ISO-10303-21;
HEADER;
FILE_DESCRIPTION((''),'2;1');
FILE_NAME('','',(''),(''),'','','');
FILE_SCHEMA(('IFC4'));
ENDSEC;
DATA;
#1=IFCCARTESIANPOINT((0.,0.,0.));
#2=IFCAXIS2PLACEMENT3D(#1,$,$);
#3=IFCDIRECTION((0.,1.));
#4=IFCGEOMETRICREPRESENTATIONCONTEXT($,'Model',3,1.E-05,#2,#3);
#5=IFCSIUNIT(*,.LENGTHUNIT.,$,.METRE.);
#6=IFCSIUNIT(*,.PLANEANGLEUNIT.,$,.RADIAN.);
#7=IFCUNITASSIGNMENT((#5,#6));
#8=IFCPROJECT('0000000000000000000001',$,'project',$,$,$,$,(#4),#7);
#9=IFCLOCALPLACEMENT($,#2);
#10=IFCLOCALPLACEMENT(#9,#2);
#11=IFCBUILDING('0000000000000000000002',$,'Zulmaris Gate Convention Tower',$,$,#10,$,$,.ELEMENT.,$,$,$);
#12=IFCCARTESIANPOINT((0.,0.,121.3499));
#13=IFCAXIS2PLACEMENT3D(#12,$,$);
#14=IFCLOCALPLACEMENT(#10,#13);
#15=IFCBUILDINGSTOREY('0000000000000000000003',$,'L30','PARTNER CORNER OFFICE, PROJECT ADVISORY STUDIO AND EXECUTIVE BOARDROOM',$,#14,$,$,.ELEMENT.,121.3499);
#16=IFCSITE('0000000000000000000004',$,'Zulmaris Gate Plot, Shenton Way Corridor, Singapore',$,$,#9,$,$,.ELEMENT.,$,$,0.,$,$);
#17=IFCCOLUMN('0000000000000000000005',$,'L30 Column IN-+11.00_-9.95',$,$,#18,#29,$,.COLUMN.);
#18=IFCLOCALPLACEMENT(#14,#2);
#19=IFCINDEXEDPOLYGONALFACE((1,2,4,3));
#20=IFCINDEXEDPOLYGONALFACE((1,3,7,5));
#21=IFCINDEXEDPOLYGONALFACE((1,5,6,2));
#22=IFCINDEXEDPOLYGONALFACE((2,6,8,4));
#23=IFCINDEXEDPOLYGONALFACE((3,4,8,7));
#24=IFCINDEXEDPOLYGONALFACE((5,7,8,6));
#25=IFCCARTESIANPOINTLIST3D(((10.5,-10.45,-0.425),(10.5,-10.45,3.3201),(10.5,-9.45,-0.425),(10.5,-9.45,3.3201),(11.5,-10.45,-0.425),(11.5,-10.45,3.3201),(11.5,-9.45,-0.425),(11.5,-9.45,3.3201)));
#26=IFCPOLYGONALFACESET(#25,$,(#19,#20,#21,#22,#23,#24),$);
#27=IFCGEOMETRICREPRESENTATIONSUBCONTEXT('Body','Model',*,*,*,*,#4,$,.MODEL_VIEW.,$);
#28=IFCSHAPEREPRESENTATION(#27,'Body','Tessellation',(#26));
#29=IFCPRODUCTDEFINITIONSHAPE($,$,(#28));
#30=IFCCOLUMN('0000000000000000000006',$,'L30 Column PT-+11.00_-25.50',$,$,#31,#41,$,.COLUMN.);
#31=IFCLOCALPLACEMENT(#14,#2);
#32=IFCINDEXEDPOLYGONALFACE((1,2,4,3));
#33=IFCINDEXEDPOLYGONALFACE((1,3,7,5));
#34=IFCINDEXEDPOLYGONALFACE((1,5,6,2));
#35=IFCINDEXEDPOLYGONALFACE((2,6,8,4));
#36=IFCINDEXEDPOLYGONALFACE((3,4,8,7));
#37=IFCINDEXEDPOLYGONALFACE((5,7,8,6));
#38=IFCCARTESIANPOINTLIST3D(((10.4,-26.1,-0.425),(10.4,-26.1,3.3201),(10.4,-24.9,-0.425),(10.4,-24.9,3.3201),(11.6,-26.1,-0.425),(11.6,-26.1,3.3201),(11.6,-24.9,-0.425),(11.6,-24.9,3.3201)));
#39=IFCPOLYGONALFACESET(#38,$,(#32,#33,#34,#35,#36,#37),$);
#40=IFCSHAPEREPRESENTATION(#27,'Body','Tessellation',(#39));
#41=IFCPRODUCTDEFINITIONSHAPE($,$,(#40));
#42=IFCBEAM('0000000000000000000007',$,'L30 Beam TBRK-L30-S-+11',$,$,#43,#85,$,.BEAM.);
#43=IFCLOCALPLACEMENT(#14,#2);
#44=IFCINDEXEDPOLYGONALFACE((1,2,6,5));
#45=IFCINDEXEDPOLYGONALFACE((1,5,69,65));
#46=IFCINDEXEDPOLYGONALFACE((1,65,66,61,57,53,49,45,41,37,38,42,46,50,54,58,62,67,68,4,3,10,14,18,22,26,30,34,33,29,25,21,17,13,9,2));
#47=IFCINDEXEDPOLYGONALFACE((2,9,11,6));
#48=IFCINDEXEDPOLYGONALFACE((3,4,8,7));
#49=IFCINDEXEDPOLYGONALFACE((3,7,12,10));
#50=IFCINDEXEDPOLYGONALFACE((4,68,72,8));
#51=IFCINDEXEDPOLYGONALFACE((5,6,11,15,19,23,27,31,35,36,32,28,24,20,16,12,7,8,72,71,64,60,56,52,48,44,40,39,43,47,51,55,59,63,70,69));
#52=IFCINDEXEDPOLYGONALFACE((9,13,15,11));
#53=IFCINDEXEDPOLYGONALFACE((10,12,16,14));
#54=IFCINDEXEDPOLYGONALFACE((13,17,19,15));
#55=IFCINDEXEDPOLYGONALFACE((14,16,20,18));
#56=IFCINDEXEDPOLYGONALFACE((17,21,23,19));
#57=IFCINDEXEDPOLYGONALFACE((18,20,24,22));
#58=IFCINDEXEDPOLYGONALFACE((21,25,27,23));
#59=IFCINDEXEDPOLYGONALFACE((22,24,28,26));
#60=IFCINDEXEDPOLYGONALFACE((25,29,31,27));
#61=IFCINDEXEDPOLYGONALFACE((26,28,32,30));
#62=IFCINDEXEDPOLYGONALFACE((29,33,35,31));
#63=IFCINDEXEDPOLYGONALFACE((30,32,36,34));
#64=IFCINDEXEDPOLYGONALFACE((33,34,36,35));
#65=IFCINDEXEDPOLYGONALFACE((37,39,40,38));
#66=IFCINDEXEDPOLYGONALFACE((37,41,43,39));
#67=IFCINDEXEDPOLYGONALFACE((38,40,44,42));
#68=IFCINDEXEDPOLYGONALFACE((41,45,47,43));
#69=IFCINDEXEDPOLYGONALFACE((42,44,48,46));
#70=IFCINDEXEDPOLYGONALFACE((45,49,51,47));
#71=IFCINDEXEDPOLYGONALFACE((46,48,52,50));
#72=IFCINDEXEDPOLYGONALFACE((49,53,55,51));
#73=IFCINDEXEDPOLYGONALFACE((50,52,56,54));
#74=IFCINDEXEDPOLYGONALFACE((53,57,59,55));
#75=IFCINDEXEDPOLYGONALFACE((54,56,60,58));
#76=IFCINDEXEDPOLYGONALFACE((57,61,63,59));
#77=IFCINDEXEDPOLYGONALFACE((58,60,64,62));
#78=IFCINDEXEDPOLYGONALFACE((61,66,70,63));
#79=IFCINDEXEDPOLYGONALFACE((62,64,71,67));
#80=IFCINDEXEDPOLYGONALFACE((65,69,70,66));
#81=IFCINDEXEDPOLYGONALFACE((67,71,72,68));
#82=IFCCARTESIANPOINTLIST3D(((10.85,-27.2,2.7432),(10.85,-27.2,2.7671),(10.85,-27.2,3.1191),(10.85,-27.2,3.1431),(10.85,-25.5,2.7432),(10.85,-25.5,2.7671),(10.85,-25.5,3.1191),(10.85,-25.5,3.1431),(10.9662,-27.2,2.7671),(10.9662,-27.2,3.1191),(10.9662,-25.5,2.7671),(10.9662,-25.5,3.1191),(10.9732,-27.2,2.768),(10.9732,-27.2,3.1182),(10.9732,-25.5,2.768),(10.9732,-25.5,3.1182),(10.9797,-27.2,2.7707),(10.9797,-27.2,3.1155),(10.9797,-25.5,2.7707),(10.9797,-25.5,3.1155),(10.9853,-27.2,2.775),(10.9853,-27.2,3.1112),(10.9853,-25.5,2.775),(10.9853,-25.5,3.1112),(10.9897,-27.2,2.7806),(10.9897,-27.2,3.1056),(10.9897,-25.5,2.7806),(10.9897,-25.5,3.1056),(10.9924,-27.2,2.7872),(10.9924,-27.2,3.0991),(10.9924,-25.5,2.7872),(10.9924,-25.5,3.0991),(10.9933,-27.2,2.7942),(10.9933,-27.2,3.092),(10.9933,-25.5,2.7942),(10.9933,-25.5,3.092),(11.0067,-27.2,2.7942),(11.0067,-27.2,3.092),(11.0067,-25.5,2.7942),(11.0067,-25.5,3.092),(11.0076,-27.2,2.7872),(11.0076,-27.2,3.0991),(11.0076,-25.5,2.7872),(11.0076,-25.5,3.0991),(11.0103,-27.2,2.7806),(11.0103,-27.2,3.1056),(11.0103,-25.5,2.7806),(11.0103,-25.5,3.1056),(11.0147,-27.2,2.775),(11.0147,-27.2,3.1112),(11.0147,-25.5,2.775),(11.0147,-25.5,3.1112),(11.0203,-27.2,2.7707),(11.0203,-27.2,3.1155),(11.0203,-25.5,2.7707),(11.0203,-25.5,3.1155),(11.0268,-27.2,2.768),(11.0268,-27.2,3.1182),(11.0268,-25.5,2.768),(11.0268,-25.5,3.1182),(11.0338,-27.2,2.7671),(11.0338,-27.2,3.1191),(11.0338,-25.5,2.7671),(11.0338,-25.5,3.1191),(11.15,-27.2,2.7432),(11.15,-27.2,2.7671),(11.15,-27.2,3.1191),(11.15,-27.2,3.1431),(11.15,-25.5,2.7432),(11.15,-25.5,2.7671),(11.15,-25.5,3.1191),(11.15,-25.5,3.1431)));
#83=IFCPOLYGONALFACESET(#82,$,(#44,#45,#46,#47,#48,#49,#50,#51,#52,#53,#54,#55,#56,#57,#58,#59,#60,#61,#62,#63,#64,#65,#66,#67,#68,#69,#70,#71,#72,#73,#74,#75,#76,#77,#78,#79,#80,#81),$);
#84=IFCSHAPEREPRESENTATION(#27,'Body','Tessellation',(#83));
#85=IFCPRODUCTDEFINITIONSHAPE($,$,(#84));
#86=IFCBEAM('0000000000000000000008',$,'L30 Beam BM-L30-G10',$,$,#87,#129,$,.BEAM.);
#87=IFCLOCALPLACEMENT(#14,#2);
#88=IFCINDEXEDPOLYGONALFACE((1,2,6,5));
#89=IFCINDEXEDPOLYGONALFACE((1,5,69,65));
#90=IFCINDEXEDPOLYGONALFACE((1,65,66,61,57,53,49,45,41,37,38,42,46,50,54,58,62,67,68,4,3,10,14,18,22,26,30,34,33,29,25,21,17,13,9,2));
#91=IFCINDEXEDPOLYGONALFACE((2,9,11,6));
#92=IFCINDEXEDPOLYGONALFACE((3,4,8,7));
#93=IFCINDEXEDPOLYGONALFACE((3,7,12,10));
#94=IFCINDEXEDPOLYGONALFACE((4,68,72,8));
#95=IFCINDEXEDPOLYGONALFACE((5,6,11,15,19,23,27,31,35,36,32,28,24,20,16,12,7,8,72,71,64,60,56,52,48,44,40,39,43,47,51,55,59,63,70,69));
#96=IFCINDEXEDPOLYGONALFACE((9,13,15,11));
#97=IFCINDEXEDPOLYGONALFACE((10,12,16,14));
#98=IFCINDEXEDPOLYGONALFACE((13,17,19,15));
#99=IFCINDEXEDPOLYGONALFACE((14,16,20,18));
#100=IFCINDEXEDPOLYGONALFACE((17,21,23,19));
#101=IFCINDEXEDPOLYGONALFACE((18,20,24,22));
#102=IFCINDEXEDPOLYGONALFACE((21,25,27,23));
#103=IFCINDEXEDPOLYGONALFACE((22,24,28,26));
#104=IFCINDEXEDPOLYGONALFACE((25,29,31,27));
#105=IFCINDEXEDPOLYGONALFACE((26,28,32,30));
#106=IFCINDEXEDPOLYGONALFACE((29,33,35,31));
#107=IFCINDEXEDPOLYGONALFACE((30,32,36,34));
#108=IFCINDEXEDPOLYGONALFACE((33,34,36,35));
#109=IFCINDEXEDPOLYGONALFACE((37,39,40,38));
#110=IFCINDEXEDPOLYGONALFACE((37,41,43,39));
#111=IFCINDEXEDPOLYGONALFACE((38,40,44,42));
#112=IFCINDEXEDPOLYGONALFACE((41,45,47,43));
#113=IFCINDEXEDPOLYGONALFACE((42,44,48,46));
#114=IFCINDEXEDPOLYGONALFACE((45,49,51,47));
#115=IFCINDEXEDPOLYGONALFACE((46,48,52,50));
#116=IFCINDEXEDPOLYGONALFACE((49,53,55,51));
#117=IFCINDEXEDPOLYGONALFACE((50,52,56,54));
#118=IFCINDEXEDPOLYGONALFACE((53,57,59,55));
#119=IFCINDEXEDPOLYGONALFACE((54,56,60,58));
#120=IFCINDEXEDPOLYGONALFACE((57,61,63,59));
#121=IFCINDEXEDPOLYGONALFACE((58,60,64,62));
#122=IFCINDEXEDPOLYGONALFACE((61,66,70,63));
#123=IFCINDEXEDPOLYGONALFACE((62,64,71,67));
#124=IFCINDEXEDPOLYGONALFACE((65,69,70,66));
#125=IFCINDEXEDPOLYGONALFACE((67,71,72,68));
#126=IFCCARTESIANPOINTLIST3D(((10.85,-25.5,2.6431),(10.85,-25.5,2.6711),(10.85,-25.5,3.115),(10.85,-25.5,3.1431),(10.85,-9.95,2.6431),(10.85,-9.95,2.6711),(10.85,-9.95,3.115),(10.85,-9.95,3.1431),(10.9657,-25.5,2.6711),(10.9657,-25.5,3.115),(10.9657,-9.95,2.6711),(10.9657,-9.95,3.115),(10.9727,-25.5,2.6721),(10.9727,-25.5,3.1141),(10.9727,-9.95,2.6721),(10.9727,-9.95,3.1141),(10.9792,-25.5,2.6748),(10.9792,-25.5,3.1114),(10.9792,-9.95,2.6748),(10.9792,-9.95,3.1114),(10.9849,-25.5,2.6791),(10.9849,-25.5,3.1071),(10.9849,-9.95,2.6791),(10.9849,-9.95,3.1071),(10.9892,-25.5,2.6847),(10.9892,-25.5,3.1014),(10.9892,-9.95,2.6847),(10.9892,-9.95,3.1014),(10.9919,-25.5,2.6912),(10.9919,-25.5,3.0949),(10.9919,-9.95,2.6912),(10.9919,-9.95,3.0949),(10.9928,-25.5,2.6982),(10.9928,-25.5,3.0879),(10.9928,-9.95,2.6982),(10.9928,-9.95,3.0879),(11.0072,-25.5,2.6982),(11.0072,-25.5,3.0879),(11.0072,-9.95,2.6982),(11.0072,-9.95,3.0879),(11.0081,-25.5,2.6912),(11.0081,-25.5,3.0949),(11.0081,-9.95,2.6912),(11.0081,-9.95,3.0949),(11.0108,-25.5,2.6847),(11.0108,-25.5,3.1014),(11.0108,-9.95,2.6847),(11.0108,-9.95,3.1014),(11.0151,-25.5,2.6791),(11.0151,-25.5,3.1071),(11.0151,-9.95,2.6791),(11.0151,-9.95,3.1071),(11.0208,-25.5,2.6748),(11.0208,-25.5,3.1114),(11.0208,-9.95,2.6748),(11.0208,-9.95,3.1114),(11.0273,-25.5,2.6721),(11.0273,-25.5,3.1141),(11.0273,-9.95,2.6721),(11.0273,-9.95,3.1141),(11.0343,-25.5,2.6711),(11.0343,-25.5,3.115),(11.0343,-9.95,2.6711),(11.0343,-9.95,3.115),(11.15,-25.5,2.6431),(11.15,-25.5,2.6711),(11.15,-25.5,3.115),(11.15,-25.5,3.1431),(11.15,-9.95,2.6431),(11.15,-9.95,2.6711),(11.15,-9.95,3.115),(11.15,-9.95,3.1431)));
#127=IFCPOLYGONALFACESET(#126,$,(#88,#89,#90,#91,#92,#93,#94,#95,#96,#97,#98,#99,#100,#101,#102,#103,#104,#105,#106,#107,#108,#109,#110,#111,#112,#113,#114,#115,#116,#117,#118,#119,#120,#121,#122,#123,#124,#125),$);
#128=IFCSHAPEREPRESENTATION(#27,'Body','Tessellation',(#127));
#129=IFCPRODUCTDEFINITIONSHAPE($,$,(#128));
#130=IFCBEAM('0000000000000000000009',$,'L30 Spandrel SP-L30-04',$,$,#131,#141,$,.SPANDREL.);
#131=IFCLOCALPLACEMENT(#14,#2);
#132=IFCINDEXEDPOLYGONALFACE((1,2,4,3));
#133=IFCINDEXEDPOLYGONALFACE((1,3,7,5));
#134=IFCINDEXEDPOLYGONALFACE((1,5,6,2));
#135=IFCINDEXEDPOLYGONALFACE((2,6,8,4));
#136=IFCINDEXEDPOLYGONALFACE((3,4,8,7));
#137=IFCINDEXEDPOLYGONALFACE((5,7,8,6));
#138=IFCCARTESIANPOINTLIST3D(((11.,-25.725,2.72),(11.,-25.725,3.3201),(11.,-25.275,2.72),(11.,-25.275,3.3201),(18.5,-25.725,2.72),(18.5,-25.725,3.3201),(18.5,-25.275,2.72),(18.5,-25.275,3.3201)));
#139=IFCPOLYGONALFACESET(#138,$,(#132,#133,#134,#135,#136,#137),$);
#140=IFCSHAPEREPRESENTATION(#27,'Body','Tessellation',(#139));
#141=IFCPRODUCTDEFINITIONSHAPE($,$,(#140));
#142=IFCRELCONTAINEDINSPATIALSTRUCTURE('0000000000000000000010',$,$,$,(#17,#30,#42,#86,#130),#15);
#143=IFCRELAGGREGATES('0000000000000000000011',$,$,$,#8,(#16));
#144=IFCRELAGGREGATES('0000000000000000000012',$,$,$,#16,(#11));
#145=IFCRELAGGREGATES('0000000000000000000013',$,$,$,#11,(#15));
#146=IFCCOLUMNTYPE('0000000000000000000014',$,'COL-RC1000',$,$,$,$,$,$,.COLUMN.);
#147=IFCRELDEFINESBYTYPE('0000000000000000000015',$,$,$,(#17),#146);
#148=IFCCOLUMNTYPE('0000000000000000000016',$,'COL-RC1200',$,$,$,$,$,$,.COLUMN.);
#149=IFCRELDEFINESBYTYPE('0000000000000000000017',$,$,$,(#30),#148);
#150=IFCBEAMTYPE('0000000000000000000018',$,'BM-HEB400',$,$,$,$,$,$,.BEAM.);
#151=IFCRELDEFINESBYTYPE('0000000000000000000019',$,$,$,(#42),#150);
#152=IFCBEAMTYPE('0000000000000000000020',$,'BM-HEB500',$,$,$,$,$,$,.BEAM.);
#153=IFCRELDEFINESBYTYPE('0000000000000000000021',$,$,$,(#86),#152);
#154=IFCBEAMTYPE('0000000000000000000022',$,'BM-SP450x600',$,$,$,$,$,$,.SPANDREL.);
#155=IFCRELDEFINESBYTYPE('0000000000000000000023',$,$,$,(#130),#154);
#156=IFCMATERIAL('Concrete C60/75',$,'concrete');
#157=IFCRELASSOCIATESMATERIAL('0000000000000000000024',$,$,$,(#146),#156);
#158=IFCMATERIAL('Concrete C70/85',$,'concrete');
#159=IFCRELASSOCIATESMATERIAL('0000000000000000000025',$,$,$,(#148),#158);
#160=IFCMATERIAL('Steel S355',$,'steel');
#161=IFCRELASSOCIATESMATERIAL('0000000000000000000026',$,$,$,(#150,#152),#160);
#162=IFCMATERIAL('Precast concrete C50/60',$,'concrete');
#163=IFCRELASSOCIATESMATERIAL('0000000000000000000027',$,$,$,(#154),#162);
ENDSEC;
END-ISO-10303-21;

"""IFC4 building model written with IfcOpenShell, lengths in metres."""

from ifc_helpers import new_model, si_unit, direction, frame, origin, origin_2d, place, context, subcontext, project, spatial, rectangle, i_section, extrude, material, material_profile, profile_set, type_object, element, save


model = new_model("IFC4")

# Units and contexts
model_context = context("Model", 3, precision=1e-05, world=origin(), true_north=direction((0.0, 1.0)))
body_context = subcontext(model_context, "Body", "Model", "MODEL_VIEW")
ifc_project = project(units=[si_unit("LENGTHUNIT", "METRE"), si_unit("PLANEANGLEUNIT", "RADIAN")], contexts=[model_context])

# Site, building, storey
site_placement = place(None, origin())
site = spatial("IfcSite", under=ifc_project, at=site_placement, Name="Zulmaris Gate Plot, Shenton Way Corridor, Singapore", CompositionType="ELEMENT", RefElevation=0.0)
building_placement = place(site_placement, origin())
building = spatial("IfcBuilding", under=site, at=building_placement, Name="Zulmaris Gate Convention Tower", CompositionType="ELEMENT")
storey_placement = place(building_placement, frame((0.0, 0.0, 121.3499)))
storey = spatial("IfcBuildingStorey", under=building, at=storey_placement, Name="L30", Description="PARTNER CORNER OFFICE, PROJECT ADVISORY STUDIO AND EXECUTIVE BOARDROOM", CompositionType="ELEMENT", Elevation=121.3499)

# Columns
ifc_material_1 = material(Name="Concrete C60/75", Category="concrete")
ifc_material_profile_1 = material_profile(ifc_material_1, rectangle(XDim=1.0, YDim=1.0, at=origin_2d()), Name="RC COL 1000x1000")
ifc_profile_set_1 = profile_set([ifc_material_profile_1], Name="Concrete C60/75")
column_type_1 = type_object("IfcColumnType", Name="COL-RC1000", PredefinedType="COLUMN", material=ifc_profile_set_1)
column_1_placement = place(storey_placement, frame((11.0, -9.95, -0.425), z_axis=(0.0, 0.0, 1.0), x_axis=(1.0, 0.0, 0.0)))
element("IfcColumn", 1, at=column_1_placement, inside=storey, type_object=column_type_1, Name="L30 Column IN-+11.00_-9.95", PredefinedType="COLUMN", context=body_context, shape_type="SweptSolid", body=[
    extrude(rectangle(XDim=1.0, YDim=1.0, at=origin_2d()), origin(), (0.0, 0.0, 1.0), 3.7451),
])
ifc_material_2 = material(Name="Concrete C70/85", Category="concrete")
ifc_material_profile_2 = material_profile(ifc_material_2, rectangle(XDim=1.2, YDim=1.2, at=origin_2d()), Name="RC COL 1200x1200")
ifc_profile_set_2 = profile_set([ifc_material_profile_2], Name="Concrete C70/85")
column_type_2 = type_object("IfcColumnType", Name="COL-RC1200", PredefinedType="COLUMN", material=ifc_profile_set_2)
column_2_placement = place(storey_placement, frame((11.0, -25.5, -0.425), z_axis=(0.0, 0.0, 1.0), x_axis=(1.0, 0.0, 0.0)))
element("IfcColumn", 2, at=column_2_placement, inside=storey, type_object=column_type_2, Name="L30 Column PT-+11.00_-25.50", PredefinedType="COLUMN", context=body_context, shape_type="SweptSolid", body=[
    extrude(rectangle(XDim=1.2, YDim=1.2, at=origin_2d()), origin(), (0.0, 0.0, 1.0), 3.7451),
])

# Beams
ifc_material_3 = material(Name="Steel S355", Category="steel")
ifc_material_profile_3 = material_profile(ifc_material_3, i_section(OverallWidth=0.3, OverallDepth=0.3999, WebThickness=0.0134, FlangeThickness=0.0239, FilletRadius=0.0271, at=origin_2d()), Name="HEB 400")
ifc_profile_set_3 = profile_set([ifc_material_profile_3], Name="Steel S355")
beam_type_1 = type_object("IfcBeamType", Name="BM-HEB400", PredefinedType="BEAM", material=ifc_profile_set_3)
beam_1_placement = place(storey_placement, frame((11.0, -27.2, 2.9431), z_axis=(0.0, 1.0, 0.0), x_axis=(-1.0, 0.0, 0.0)))
element("IfcBeam", 3, at=beam_1_placement, inside=storey, type_object=beam_type_1, Name="L30 Beam TBRK-L30-S-+11", PredefinedType="BEAM", context=body_context, shape_type="SweptSolid", body=[
    extrude(i_section(OverallWidth=0.3, OverallDepth=0.3999, WebThickness=0.0134, FlangeThickness=0.0239, FilletRadius=0.0271, at=origin_2d()), origin(), (0.0, 0.0, 1.0), 1.7),
])
ifc_material_profile_4 = material_profile(ifc_material_3, i_section(OverallWidth=0.3, OverallDepth=0.5, WebThickness=0.0144, FlangeThickness=0.0281, FilletRadius=0.0271, at=origin_2d()), Name="HEB 500")
ifc_profile_set_4 = profile_set([ifc_material_profile_4], Name="Steel S355")
beam_type_2 = type_object("IfcBeamType", Name="BM-HEB500", PredefinedType="BEAM", material=ifc_profile_set_4)
beam_2_placement = place(storey_placement, frame((11.0, -25.5, 2.8931), z_axis=(0.0, 1.0, 0.0), x_axis=(-1.0, 0.0, 0.0)))
element("IfcBeam", 4, at=beam_2_placement, inside=storey, type_object=beam_type_2, Name="L30 Beam BM-L30-G10", PredefinedType="BEAM", context=body_context, shape_type="SweptSolid", body=[
    extrude(i_section(OverallWidth=0.3, OverallDepth=0.5, WebThickness=0.0144, FlangeThickness=0.0281, FilletRadius=0.0271, at=origin_2d()), origin(), (0.0, 0.0, 1.0), 15.55),
])
ifc_material_4 = material(Name="Precast concrete C50/60", Category="concrete")
ifc_material_profile_5 = material_profile(ifc_material_4, rectangle(XDim=0.45, YDim=0.6001, at=origin_2d()), Name="RC SPANDREL 450x600")
ifc_profile_set_5 = profile_set([ifc_material_profile_5], Name="Precast concrete C50/60")
beam_type_3 = type_object("IfcBeamType", Name="BM-SP450x600", PredefinedType="SPANDREL", material=ifc_profile_set_5)
beam_3_placement = place(storey_placement, frame((11.0, -25.5, 3.02), z_axis=(1.0, 0.0, 0.0), x_axis=(0.0, 1.0, 0.0)))
element("IfcBeam", 5, at=beam_3_placement, inside=storey, type_object=beam_type_3, Name="L30 Spandrel SP-L30-04", PredefinedType="SPANDREL", context=body_context, shape_type="SweptSolid", body=[
    extrude(rectangle(XDim=0.45, YDim=0.6001, at=origin_2d()), origin(), (0.0, 0.0, 1.0), 7.5),
])

save(model, "model.ifc")
